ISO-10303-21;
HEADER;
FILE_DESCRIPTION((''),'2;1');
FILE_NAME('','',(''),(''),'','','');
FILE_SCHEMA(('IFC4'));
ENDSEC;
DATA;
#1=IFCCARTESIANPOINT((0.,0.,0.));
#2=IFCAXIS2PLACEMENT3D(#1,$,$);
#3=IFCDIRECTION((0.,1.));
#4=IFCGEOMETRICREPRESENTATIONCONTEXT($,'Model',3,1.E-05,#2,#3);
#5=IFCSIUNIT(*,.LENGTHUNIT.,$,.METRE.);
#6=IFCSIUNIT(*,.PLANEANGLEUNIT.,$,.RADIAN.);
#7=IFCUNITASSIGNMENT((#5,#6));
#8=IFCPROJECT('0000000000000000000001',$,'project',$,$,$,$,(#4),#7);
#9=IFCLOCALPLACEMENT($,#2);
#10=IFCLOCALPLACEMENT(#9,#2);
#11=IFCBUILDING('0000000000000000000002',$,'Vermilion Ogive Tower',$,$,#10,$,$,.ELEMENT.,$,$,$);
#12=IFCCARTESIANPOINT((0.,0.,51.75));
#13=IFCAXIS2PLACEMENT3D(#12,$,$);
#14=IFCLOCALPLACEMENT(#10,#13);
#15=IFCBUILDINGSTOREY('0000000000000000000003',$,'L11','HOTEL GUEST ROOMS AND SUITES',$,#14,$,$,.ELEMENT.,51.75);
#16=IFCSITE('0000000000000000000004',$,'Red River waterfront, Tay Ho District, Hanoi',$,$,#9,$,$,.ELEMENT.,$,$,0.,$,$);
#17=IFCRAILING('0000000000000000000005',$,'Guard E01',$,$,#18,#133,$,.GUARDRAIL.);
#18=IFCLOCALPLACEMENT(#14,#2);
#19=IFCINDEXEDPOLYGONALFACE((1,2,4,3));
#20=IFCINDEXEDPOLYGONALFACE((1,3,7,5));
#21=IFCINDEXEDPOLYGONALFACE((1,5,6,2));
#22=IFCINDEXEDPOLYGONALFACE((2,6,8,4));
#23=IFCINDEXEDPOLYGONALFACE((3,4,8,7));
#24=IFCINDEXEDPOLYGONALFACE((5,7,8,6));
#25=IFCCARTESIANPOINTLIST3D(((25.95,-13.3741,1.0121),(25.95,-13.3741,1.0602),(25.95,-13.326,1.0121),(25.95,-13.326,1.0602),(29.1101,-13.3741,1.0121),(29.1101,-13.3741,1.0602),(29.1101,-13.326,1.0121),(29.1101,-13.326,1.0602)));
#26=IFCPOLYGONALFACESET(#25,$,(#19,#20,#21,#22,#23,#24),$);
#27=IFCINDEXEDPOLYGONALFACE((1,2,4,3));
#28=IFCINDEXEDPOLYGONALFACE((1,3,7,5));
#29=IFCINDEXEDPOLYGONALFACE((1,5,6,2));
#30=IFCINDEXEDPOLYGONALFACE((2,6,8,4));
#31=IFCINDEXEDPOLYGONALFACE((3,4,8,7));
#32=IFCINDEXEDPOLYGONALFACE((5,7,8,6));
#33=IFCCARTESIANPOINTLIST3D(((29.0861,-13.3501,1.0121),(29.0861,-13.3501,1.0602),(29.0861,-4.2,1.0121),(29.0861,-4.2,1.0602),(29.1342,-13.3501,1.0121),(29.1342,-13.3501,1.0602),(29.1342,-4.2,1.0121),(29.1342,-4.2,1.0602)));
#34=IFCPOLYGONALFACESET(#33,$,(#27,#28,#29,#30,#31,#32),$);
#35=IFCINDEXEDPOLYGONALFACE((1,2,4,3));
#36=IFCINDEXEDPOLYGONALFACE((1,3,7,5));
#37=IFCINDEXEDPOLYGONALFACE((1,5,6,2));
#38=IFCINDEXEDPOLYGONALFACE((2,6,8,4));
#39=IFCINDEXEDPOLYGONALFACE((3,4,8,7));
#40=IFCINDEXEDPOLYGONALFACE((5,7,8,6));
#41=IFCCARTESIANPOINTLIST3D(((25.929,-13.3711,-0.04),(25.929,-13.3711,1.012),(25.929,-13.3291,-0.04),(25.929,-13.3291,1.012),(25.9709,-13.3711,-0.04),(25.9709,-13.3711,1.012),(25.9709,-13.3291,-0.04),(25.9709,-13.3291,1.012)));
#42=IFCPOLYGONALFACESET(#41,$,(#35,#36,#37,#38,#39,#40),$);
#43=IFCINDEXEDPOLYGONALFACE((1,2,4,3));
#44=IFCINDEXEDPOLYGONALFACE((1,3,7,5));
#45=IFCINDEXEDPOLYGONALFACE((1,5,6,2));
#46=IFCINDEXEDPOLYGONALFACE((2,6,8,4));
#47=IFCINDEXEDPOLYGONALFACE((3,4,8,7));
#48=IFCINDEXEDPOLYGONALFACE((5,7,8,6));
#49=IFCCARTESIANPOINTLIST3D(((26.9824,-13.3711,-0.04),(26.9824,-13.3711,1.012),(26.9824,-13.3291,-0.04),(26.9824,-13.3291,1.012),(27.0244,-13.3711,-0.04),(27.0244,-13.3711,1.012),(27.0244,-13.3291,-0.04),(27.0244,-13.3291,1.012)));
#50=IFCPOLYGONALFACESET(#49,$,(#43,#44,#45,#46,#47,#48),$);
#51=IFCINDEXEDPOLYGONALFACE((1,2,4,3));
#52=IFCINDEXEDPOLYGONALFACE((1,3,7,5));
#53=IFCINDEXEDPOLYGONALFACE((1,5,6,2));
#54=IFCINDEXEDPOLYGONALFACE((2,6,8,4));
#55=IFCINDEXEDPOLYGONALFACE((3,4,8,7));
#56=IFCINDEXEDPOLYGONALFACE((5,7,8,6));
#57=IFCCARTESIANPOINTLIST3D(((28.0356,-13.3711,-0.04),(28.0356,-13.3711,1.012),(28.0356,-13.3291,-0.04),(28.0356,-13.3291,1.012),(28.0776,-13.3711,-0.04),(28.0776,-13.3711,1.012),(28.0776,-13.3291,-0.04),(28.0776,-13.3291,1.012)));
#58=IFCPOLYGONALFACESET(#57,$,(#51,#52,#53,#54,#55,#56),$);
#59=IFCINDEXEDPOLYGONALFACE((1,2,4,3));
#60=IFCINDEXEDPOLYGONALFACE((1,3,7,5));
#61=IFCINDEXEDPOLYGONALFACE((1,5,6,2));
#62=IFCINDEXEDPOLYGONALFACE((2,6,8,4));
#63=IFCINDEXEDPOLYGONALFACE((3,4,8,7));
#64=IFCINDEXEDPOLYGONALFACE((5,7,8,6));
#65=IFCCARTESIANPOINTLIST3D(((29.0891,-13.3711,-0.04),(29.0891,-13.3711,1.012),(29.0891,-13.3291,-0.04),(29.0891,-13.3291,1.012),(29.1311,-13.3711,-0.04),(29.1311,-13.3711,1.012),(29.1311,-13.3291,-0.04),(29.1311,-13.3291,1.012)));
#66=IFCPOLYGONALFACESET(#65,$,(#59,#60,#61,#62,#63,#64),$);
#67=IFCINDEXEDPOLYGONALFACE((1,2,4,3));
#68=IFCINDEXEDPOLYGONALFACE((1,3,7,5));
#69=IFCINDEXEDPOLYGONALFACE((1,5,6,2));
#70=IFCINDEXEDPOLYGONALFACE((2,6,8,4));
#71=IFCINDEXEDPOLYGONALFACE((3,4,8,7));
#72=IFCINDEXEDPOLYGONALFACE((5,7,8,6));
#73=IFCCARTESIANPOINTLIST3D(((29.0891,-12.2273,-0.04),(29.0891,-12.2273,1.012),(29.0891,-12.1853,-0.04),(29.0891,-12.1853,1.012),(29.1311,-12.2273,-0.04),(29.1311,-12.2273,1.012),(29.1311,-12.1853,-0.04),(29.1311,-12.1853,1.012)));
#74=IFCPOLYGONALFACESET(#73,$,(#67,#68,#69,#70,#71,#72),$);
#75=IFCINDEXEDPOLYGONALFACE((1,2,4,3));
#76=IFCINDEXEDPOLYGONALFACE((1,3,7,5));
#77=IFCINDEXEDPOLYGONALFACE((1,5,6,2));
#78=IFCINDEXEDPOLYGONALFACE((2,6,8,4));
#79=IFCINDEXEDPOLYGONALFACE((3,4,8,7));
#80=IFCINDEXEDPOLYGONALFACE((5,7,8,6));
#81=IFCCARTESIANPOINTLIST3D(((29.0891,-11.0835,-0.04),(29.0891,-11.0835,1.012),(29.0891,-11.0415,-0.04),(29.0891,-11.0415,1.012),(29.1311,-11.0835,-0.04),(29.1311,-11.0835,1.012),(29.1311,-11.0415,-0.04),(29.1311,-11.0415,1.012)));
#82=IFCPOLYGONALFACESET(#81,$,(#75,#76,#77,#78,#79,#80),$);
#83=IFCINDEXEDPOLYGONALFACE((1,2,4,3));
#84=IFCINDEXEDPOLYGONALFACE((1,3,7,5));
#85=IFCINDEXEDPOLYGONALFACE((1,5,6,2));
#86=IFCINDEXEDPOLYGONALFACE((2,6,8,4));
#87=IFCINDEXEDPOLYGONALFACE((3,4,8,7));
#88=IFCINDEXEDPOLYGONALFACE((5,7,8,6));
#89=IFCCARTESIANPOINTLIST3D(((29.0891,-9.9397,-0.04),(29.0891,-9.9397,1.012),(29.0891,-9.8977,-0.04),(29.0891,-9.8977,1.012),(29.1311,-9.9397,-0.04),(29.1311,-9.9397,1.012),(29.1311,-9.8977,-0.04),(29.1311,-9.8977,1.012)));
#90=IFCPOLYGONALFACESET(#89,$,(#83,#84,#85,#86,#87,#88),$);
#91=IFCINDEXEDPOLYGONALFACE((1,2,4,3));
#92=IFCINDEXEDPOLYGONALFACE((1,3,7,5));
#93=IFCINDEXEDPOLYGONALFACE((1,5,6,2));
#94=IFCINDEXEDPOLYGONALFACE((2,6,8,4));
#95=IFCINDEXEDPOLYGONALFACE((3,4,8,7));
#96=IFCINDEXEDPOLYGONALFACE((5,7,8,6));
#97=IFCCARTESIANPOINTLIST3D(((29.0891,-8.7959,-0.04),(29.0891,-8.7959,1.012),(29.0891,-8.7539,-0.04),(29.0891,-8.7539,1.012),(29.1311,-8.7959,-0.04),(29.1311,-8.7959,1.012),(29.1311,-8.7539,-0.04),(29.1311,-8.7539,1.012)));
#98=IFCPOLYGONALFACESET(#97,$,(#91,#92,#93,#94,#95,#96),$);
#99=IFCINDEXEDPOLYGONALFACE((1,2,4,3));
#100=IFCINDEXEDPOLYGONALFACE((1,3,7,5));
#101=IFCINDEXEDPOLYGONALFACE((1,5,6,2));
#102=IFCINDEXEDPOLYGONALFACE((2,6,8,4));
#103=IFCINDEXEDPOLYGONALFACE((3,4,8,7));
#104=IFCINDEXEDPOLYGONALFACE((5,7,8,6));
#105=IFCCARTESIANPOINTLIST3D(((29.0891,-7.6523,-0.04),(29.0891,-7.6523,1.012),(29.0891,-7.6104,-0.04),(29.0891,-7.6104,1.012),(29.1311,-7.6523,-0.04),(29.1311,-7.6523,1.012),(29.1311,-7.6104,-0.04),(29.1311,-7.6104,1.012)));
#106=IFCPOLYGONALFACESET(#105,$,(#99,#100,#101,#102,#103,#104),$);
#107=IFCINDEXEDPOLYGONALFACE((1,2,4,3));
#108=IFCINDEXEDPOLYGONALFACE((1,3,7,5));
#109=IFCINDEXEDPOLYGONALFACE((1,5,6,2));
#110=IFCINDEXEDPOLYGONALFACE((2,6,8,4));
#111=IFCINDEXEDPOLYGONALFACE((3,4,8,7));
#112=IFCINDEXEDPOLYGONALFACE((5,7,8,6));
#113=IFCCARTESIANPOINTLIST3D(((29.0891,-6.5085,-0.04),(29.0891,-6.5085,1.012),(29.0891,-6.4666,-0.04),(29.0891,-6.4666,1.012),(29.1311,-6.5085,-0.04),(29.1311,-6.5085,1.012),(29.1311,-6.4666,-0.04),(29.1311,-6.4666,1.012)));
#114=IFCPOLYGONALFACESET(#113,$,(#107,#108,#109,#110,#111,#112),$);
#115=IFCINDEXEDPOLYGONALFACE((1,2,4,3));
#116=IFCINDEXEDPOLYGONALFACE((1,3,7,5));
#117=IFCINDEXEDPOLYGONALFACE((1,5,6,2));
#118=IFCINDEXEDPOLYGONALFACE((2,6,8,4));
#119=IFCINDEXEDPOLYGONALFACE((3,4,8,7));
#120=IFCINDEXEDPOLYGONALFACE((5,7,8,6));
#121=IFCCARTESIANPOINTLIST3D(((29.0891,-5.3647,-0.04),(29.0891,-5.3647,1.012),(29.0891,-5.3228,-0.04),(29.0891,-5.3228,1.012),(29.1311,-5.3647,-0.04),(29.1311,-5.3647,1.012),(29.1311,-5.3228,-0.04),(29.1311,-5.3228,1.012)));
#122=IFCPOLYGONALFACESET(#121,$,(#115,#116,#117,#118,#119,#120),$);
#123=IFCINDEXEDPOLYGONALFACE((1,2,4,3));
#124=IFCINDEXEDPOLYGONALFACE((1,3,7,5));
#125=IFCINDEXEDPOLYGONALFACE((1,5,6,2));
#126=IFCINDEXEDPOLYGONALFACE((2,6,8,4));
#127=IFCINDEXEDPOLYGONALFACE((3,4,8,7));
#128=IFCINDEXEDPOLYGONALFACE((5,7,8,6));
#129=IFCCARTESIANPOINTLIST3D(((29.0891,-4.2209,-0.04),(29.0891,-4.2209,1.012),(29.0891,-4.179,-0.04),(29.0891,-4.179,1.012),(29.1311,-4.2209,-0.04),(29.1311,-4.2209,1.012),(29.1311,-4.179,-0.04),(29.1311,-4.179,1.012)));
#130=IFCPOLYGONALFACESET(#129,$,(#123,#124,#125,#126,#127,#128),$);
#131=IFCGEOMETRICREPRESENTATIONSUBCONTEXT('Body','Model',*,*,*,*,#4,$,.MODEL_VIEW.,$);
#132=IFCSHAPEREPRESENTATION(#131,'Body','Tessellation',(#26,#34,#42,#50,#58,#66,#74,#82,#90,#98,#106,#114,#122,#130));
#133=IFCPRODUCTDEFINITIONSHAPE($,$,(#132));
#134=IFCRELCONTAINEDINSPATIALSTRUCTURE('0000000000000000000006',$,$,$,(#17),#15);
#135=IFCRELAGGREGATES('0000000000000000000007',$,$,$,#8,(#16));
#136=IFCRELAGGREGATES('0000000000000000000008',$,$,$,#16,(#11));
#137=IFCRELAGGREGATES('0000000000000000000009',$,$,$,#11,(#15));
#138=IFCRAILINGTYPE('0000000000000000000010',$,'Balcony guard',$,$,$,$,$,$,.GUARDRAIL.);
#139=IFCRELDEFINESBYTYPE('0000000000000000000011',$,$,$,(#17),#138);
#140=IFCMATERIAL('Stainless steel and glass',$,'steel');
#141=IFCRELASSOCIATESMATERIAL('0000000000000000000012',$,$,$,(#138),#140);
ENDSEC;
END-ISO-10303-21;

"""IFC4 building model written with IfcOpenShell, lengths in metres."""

from ifc_helpers import new_model, si_unit, direction, frame, origin, origin_2d, place, context, subcontext, project, spatial, rectangle, extrude, material, type_object, element, save


model = new_model("IFC4")

# Units and contexts
model_context = context("Model", 3, precision=1e-05, world=origin(), true_north=direction((0.0, 1.0)))
body_context = subcontext(model_context, "Body", "Model", "MODEL_VIEW")
ifc_project = project(units=[si_unit("LENGTHUNIT", "METRE"), si_unit("PLANEANGLEUNIT", "RADIAN")], contexts=[model_context])

# Site, building, storey
site_placement = place(None, origin())
site = spatial("IfcSite", under=ifc_project, at=site_placement, Name="Red River waterfront, Tay Ho District, Hanoi", CompositionType="ELEMENT", RefElevation=0.0)
building_placement = place(site_placement, origin())
building = spatial("IfcBuilding", under=site, at=building_placement, Name="Vermilion Ogive Tower", CompositionType="ELEMENT")
storey_placement = place(building_placement, frame((0.0, 0.0, 51.75)))
storey = spatial("IfcBuildingStorey", under=building, at=storey_placement, Name="L11", Description="HOTEL GUEST ROOMS AND SUITES", CompositionType="ELEMENT", Elevation=51.75)

# Railing
ifc_material_1 = material(Name="Stainless steel and glass", Category="steel")
railing_type_1 = type_object("IfcRailingType", Name="Balcony guard", PredefinedType="GUARDRAIL", material=ifc_material_1)
railing_1_placement = place(storey_placement, frame((25.95, -13.3501, -0.04)))
element("IfcRailing", 1, at=railing_1_placement, inside=storey, type_object=railing_type_1, Name="Guard E01", PredefinedType="GUARDRAIL", context=body_context, shape_type="SweptSolid", body=[
    extrude(rectangle(XDim=0.0481, YDim=0.0481, at=origin_2d()), frame((0.0, 0.0, 1.0762), z_axis=(1.0, 0.0, 0.0), x_axis=(0.0, 1.0, 0.0)), (0.0, 0.0, 1.0), 3.1602),
    extrude(rectangle(XDim=0.0481, YDim=0.0481, at=origin_2d()), frame((3.1602, 0.0, 1.0762), z_axis=(0.0, 1.0, 0.0), x_axis=(-1.0, 0.0, 0.0)), (0.0, 0.0, 1.0), 9.1501),
    extrude(rectangle(XDim=0.042, YDim=0.042, at=origin_2d()), origin(), (0.0, 0.0, 1.0), 1.052),
    extrude(rectangle(XDim=0.042, YDim=0.042, at=origin_2d()), frame((1.0535, 0.0, 0.0)), (0.0, 0.0, 1.0), 1.052),
    extrude(rectangle(XDim=0.042, YDim=0.042, at=origin_2d()), frame((2.1067, 0.0, 0.0)), (0.0, 0.0, 1.0), 1.052),
    extrude(rectangle(XDim=0.042, YDim=0.042, at=origin_2d()), frame((3.1602, 0.0, 0.0)), (0.0, 0.0, 1.0), 1.052),
    extrude(rectangle(XDim=0.042, YDim=0.042, at=origin_2d()), frame((3.1602, 1.1438, 0.0)), (0.0, 0.0, 1.0), 1.052),
    extrude(rectangle(XDim=0.042, YDim=0.042, at=origin_2d()), frame((3.1602, 2.2876, 0.0)), (0.0, 0.0, 1.0), 1.052),
    extrude(rectangle(XDim=0.042, YDim=0.042, at=origin_2d()), frame((3.1602, 3.4314, 0.0)), (0.0, 0.0, 1.0), 1.052),
    extrude(rectangle(XDim=0.042, YDim=0.042, at=origin_2d()), frame((3.1602, 4.5752, 0.0)), (0.0, 0.0, 1.0), 1.052),
    extrude(rectangle(XDim=0.042, YDim=0.042, at=origin_2d()), frame((3.1602, 5.7188, 0.0)), (0.0, 0.0, 1.0), 1.052),
    extrude(rectangle(XDim=0.042, YDim=0.042, at=origin_2d()), frame((3.1602, 6.8625, 0.0)), (0.0, 0.0, 1.0), 1.052),
    extrude(rectangle(XDim=0.042, YDim=0.042, at=origin_2d()), frame((3.1602, 8.0063, 0.0)), (0.0, 0.0, 1.0), 1.052),
    extrude(rectangle(XDim=0.042, YDim=0.042, at=origin_2d()), frame((3.1602, 9.1501, 0.0)), (0.0, 0.0, 1.0), 1.052),
])

save(model, "model.ifc")
